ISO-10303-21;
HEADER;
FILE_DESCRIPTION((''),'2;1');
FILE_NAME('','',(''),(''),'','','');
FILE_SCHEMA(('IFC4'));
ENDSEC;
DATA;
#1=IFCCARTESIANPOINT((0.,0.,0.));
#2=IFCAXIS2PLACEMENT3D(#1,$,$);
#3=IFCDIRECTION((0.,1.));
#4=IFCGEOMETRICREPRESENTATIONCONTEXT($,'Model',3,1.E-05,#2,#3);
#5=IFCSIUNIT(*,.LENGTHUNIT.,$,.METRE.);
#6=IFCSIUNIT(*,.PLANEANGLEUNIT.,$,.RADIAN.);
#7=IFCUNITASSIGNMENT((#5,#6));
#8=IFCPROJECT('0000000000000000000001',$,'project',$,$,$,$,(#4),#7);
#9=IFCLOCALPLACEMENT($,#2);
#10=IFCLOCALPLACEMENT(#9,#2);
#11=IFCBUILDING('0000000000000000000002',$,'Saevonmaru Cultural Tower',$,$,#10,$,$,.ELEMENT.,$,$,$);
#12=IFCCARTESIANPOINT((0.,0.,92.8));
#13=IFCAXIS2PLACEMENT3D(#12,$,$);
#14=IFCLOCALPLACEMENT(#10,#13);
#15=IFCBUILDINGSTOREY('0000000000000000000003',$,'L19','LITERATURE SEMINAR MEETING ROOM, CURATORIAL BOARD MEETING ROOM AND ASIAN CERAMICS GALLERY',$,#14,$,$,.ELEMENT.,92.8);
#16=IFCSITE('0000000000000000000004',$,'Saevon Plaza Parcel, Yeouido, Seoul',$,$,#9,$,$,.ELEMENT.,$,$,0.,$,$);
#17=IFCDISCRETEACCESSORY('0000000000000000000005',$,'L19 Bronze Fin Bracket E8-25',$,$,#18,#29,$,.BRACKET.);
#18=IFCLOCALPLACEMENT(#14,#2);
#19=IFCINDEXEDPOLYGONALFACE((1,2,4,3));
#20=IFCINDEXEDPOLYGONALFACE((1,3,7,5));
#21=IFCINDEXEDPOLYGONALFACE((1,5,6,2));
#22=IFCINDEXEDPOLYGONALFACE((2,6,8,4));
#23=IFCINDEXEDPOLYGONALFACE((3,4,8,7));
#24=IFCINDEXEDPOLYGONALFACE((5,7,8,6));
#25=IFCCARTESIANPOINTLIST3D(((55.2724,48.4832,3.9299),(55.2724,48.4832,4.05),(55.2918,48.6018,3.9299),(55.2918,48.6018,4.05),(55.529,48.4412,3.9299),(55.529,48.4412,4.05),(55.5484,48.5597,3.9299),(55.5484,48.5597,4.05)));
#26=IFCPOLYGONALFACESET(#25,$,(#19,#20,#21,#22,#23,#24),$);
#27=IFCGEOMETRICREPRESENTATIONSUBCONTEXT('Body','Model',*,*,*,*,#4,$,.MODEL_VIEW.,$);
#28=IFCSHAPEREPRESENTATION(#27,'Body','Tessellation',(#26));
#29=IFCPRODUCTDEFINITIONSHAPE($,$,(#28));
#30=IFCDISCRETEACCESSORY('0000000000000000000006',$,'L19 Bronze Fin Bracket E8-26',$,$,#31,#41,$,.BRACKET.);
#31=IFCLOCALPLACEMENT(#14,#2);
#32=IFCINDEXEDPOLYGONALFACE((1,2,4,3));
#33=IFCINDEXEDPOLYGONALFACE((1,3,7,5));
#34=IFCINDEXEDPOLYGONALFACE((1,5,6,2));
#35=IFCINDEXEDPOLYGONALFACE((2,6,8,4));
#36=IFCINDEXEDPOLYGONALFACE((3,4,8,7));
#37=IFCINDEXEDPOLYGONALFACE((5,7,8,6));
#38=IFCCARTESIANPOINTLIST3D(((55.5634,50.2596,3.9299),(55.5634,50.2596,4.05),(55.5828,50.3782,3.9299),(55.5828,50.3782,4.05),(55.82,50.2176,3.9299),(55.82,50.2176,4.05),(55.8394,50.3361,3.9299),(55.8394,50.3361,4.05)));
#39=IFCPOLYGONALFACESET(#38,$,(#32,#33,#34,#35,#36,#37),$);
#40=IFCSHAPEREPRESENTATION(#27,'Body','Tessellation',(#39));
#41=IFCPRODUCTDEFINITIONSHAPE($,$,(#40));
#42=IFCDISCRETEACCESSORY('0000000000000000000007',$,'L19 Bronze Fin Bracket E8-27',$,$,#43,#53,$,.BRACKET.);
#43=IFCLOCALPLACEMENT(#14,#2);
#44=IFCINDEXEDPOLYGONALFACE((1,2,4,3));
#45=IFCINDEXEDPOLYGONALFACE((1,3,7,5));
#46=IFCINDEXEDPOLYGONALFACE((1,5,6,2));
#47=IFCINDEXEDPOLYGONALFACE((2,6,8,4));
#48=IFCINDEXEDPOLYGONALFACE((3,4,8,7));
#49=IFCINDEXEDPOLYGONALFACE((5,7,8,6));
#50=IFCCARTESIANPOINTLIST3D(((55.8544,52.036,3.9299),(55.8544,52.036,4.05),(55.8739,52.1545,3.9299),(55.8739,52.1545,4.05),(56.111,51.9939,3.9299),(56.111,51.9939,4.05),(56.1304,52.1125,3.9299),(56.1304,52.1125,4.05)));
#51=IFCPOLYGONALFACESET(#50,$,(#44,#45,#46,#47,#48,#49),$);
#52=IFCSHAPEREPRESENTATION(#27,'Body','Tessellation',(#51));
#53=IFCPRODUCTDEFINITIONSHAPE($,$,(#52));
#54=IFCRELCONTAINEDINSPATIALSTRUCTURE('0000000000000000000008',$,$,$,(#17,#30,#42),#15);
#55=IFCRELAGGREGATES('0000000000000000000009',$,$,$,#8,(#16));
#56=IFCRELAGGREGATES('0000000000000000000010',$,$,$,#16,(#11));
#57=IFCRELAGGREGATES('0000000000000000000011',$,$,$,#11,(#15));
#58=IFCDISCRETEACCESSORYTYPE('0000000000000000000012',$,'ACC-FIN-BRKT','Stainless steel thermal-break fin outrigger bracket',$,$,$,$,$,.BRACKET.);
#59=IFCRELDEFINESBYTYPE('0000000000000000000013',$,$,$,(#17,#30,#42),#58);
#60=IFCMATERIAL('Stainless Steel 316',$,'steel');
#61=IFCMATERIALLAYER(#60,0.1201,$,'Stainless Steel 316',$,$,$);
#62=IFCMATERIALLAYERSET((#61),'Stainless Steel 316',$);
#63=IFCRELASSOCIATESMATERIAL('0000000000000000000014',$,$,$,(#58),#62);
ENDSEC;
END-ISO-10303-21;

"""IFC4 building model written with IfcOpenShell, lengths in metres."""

from ifc_helpers import new_model, si_unit, direction, frame, origin, origin_2d, place, context, subcontext, project, spatial, rectangle, extrude, material, layer, layer_set, type_object, element, save


model = new_model("IFC4")

# Units and contexts
model_context = context("Model", 3, precision=1e-05, world=origin(), true_north=direction((0.0, 1.0)))
body_context = subcontext(model_context, "Body", "Model", "MODEL_VIEW")
ifc_project = project(units=[si_unit("LENGTHUNIT", "METRE"), si_unit("PLANEANGLEUNIT", "RADIAN")], contexts=[model_context])

# Site, building, storey
site_placement = place(None, origin())
site = spatial("IfcSite", under=ifc_project, at=site_placement, Name="Saevon Plaza Parcel, Yeouido, Seoul", CompositionType="ELEMENT", RefElevation=0.0)
building_placement = place(site_placement, origin())
building = spatial("IfcBuilding", under=site, at=building_placement, Name="Saevonmaru Cultural Tower", CompositionType="ELEMENT")
storey_placement = place(building_placement, frame((0.0, 0.0, 92.8)))
storey = spatial("IfcBuildingStorey", under=building, at=storey_placement, Name="L19", Description="LITERATURE SEMINAR MEETING ROOM, CURATORIAL BOARD MEETING ROOM AND ASIAN CERAMICS GALLERY", CompositionType="ELEMENT", Elevation=92.8)

# Discrete accessories
ifc_material_1 = material(Name="Stainless Steel 316", Category="steel")
ifc_layer_1 = layer(ifc_material_1, 0.1201, Name="Stainless Steel 316")
ifc_layer_set_1 = layer_set([ifc_layer_1], Name="Stainless Steel 316")
discrete_accessory_type = type_object("IfcDiscreteAccessoryType", Name="ACC-FIN-BRKT", Description="Stainless steel thermal-break fin outrigger bracket", PredefinedType="BRACKET", material=ifc_layer_set_1)
for number, where, z_axis, x_axis, name in (
    (1, (55.4104, 48.5215, 3.9299), (0.0, 0.0, 1.0), (0.986827, -0.161776, 0.0), "L19 Bronze Fin Bracket E8-25"),
    (2, (55.7014, 50.2979, 3.9299), (0.0, 0.0, 1.0), (0.986827, -0.161776, 0.0), "L19 Bronze Fin Bracket E8-26"),
    (3, (55.9924, 52.0742, 3.9299), (0.0, 0.0, 1.0), (0.986827, -0.161776, 0.0), "L19 Bronze Fin Bracket E8-27"),
):
    element("IfcDiscreteAccessory", number, at=place(storey_placement, frame(where, z_axis=z_axis, x_axis=x_axis)), inside=storey, type_object=discrete_accessory_type, Name=name, PredefinedType="BRACKET", context=body_context, shape_type="SweptSolid", body=[
        extrude(rectangle(XDim=0.26, YDim=0.1201, at=origin_2d()), origin(), (0.0, 0.0, 1.0), 0.1201),
    ])

save(model, "model.ifc")
